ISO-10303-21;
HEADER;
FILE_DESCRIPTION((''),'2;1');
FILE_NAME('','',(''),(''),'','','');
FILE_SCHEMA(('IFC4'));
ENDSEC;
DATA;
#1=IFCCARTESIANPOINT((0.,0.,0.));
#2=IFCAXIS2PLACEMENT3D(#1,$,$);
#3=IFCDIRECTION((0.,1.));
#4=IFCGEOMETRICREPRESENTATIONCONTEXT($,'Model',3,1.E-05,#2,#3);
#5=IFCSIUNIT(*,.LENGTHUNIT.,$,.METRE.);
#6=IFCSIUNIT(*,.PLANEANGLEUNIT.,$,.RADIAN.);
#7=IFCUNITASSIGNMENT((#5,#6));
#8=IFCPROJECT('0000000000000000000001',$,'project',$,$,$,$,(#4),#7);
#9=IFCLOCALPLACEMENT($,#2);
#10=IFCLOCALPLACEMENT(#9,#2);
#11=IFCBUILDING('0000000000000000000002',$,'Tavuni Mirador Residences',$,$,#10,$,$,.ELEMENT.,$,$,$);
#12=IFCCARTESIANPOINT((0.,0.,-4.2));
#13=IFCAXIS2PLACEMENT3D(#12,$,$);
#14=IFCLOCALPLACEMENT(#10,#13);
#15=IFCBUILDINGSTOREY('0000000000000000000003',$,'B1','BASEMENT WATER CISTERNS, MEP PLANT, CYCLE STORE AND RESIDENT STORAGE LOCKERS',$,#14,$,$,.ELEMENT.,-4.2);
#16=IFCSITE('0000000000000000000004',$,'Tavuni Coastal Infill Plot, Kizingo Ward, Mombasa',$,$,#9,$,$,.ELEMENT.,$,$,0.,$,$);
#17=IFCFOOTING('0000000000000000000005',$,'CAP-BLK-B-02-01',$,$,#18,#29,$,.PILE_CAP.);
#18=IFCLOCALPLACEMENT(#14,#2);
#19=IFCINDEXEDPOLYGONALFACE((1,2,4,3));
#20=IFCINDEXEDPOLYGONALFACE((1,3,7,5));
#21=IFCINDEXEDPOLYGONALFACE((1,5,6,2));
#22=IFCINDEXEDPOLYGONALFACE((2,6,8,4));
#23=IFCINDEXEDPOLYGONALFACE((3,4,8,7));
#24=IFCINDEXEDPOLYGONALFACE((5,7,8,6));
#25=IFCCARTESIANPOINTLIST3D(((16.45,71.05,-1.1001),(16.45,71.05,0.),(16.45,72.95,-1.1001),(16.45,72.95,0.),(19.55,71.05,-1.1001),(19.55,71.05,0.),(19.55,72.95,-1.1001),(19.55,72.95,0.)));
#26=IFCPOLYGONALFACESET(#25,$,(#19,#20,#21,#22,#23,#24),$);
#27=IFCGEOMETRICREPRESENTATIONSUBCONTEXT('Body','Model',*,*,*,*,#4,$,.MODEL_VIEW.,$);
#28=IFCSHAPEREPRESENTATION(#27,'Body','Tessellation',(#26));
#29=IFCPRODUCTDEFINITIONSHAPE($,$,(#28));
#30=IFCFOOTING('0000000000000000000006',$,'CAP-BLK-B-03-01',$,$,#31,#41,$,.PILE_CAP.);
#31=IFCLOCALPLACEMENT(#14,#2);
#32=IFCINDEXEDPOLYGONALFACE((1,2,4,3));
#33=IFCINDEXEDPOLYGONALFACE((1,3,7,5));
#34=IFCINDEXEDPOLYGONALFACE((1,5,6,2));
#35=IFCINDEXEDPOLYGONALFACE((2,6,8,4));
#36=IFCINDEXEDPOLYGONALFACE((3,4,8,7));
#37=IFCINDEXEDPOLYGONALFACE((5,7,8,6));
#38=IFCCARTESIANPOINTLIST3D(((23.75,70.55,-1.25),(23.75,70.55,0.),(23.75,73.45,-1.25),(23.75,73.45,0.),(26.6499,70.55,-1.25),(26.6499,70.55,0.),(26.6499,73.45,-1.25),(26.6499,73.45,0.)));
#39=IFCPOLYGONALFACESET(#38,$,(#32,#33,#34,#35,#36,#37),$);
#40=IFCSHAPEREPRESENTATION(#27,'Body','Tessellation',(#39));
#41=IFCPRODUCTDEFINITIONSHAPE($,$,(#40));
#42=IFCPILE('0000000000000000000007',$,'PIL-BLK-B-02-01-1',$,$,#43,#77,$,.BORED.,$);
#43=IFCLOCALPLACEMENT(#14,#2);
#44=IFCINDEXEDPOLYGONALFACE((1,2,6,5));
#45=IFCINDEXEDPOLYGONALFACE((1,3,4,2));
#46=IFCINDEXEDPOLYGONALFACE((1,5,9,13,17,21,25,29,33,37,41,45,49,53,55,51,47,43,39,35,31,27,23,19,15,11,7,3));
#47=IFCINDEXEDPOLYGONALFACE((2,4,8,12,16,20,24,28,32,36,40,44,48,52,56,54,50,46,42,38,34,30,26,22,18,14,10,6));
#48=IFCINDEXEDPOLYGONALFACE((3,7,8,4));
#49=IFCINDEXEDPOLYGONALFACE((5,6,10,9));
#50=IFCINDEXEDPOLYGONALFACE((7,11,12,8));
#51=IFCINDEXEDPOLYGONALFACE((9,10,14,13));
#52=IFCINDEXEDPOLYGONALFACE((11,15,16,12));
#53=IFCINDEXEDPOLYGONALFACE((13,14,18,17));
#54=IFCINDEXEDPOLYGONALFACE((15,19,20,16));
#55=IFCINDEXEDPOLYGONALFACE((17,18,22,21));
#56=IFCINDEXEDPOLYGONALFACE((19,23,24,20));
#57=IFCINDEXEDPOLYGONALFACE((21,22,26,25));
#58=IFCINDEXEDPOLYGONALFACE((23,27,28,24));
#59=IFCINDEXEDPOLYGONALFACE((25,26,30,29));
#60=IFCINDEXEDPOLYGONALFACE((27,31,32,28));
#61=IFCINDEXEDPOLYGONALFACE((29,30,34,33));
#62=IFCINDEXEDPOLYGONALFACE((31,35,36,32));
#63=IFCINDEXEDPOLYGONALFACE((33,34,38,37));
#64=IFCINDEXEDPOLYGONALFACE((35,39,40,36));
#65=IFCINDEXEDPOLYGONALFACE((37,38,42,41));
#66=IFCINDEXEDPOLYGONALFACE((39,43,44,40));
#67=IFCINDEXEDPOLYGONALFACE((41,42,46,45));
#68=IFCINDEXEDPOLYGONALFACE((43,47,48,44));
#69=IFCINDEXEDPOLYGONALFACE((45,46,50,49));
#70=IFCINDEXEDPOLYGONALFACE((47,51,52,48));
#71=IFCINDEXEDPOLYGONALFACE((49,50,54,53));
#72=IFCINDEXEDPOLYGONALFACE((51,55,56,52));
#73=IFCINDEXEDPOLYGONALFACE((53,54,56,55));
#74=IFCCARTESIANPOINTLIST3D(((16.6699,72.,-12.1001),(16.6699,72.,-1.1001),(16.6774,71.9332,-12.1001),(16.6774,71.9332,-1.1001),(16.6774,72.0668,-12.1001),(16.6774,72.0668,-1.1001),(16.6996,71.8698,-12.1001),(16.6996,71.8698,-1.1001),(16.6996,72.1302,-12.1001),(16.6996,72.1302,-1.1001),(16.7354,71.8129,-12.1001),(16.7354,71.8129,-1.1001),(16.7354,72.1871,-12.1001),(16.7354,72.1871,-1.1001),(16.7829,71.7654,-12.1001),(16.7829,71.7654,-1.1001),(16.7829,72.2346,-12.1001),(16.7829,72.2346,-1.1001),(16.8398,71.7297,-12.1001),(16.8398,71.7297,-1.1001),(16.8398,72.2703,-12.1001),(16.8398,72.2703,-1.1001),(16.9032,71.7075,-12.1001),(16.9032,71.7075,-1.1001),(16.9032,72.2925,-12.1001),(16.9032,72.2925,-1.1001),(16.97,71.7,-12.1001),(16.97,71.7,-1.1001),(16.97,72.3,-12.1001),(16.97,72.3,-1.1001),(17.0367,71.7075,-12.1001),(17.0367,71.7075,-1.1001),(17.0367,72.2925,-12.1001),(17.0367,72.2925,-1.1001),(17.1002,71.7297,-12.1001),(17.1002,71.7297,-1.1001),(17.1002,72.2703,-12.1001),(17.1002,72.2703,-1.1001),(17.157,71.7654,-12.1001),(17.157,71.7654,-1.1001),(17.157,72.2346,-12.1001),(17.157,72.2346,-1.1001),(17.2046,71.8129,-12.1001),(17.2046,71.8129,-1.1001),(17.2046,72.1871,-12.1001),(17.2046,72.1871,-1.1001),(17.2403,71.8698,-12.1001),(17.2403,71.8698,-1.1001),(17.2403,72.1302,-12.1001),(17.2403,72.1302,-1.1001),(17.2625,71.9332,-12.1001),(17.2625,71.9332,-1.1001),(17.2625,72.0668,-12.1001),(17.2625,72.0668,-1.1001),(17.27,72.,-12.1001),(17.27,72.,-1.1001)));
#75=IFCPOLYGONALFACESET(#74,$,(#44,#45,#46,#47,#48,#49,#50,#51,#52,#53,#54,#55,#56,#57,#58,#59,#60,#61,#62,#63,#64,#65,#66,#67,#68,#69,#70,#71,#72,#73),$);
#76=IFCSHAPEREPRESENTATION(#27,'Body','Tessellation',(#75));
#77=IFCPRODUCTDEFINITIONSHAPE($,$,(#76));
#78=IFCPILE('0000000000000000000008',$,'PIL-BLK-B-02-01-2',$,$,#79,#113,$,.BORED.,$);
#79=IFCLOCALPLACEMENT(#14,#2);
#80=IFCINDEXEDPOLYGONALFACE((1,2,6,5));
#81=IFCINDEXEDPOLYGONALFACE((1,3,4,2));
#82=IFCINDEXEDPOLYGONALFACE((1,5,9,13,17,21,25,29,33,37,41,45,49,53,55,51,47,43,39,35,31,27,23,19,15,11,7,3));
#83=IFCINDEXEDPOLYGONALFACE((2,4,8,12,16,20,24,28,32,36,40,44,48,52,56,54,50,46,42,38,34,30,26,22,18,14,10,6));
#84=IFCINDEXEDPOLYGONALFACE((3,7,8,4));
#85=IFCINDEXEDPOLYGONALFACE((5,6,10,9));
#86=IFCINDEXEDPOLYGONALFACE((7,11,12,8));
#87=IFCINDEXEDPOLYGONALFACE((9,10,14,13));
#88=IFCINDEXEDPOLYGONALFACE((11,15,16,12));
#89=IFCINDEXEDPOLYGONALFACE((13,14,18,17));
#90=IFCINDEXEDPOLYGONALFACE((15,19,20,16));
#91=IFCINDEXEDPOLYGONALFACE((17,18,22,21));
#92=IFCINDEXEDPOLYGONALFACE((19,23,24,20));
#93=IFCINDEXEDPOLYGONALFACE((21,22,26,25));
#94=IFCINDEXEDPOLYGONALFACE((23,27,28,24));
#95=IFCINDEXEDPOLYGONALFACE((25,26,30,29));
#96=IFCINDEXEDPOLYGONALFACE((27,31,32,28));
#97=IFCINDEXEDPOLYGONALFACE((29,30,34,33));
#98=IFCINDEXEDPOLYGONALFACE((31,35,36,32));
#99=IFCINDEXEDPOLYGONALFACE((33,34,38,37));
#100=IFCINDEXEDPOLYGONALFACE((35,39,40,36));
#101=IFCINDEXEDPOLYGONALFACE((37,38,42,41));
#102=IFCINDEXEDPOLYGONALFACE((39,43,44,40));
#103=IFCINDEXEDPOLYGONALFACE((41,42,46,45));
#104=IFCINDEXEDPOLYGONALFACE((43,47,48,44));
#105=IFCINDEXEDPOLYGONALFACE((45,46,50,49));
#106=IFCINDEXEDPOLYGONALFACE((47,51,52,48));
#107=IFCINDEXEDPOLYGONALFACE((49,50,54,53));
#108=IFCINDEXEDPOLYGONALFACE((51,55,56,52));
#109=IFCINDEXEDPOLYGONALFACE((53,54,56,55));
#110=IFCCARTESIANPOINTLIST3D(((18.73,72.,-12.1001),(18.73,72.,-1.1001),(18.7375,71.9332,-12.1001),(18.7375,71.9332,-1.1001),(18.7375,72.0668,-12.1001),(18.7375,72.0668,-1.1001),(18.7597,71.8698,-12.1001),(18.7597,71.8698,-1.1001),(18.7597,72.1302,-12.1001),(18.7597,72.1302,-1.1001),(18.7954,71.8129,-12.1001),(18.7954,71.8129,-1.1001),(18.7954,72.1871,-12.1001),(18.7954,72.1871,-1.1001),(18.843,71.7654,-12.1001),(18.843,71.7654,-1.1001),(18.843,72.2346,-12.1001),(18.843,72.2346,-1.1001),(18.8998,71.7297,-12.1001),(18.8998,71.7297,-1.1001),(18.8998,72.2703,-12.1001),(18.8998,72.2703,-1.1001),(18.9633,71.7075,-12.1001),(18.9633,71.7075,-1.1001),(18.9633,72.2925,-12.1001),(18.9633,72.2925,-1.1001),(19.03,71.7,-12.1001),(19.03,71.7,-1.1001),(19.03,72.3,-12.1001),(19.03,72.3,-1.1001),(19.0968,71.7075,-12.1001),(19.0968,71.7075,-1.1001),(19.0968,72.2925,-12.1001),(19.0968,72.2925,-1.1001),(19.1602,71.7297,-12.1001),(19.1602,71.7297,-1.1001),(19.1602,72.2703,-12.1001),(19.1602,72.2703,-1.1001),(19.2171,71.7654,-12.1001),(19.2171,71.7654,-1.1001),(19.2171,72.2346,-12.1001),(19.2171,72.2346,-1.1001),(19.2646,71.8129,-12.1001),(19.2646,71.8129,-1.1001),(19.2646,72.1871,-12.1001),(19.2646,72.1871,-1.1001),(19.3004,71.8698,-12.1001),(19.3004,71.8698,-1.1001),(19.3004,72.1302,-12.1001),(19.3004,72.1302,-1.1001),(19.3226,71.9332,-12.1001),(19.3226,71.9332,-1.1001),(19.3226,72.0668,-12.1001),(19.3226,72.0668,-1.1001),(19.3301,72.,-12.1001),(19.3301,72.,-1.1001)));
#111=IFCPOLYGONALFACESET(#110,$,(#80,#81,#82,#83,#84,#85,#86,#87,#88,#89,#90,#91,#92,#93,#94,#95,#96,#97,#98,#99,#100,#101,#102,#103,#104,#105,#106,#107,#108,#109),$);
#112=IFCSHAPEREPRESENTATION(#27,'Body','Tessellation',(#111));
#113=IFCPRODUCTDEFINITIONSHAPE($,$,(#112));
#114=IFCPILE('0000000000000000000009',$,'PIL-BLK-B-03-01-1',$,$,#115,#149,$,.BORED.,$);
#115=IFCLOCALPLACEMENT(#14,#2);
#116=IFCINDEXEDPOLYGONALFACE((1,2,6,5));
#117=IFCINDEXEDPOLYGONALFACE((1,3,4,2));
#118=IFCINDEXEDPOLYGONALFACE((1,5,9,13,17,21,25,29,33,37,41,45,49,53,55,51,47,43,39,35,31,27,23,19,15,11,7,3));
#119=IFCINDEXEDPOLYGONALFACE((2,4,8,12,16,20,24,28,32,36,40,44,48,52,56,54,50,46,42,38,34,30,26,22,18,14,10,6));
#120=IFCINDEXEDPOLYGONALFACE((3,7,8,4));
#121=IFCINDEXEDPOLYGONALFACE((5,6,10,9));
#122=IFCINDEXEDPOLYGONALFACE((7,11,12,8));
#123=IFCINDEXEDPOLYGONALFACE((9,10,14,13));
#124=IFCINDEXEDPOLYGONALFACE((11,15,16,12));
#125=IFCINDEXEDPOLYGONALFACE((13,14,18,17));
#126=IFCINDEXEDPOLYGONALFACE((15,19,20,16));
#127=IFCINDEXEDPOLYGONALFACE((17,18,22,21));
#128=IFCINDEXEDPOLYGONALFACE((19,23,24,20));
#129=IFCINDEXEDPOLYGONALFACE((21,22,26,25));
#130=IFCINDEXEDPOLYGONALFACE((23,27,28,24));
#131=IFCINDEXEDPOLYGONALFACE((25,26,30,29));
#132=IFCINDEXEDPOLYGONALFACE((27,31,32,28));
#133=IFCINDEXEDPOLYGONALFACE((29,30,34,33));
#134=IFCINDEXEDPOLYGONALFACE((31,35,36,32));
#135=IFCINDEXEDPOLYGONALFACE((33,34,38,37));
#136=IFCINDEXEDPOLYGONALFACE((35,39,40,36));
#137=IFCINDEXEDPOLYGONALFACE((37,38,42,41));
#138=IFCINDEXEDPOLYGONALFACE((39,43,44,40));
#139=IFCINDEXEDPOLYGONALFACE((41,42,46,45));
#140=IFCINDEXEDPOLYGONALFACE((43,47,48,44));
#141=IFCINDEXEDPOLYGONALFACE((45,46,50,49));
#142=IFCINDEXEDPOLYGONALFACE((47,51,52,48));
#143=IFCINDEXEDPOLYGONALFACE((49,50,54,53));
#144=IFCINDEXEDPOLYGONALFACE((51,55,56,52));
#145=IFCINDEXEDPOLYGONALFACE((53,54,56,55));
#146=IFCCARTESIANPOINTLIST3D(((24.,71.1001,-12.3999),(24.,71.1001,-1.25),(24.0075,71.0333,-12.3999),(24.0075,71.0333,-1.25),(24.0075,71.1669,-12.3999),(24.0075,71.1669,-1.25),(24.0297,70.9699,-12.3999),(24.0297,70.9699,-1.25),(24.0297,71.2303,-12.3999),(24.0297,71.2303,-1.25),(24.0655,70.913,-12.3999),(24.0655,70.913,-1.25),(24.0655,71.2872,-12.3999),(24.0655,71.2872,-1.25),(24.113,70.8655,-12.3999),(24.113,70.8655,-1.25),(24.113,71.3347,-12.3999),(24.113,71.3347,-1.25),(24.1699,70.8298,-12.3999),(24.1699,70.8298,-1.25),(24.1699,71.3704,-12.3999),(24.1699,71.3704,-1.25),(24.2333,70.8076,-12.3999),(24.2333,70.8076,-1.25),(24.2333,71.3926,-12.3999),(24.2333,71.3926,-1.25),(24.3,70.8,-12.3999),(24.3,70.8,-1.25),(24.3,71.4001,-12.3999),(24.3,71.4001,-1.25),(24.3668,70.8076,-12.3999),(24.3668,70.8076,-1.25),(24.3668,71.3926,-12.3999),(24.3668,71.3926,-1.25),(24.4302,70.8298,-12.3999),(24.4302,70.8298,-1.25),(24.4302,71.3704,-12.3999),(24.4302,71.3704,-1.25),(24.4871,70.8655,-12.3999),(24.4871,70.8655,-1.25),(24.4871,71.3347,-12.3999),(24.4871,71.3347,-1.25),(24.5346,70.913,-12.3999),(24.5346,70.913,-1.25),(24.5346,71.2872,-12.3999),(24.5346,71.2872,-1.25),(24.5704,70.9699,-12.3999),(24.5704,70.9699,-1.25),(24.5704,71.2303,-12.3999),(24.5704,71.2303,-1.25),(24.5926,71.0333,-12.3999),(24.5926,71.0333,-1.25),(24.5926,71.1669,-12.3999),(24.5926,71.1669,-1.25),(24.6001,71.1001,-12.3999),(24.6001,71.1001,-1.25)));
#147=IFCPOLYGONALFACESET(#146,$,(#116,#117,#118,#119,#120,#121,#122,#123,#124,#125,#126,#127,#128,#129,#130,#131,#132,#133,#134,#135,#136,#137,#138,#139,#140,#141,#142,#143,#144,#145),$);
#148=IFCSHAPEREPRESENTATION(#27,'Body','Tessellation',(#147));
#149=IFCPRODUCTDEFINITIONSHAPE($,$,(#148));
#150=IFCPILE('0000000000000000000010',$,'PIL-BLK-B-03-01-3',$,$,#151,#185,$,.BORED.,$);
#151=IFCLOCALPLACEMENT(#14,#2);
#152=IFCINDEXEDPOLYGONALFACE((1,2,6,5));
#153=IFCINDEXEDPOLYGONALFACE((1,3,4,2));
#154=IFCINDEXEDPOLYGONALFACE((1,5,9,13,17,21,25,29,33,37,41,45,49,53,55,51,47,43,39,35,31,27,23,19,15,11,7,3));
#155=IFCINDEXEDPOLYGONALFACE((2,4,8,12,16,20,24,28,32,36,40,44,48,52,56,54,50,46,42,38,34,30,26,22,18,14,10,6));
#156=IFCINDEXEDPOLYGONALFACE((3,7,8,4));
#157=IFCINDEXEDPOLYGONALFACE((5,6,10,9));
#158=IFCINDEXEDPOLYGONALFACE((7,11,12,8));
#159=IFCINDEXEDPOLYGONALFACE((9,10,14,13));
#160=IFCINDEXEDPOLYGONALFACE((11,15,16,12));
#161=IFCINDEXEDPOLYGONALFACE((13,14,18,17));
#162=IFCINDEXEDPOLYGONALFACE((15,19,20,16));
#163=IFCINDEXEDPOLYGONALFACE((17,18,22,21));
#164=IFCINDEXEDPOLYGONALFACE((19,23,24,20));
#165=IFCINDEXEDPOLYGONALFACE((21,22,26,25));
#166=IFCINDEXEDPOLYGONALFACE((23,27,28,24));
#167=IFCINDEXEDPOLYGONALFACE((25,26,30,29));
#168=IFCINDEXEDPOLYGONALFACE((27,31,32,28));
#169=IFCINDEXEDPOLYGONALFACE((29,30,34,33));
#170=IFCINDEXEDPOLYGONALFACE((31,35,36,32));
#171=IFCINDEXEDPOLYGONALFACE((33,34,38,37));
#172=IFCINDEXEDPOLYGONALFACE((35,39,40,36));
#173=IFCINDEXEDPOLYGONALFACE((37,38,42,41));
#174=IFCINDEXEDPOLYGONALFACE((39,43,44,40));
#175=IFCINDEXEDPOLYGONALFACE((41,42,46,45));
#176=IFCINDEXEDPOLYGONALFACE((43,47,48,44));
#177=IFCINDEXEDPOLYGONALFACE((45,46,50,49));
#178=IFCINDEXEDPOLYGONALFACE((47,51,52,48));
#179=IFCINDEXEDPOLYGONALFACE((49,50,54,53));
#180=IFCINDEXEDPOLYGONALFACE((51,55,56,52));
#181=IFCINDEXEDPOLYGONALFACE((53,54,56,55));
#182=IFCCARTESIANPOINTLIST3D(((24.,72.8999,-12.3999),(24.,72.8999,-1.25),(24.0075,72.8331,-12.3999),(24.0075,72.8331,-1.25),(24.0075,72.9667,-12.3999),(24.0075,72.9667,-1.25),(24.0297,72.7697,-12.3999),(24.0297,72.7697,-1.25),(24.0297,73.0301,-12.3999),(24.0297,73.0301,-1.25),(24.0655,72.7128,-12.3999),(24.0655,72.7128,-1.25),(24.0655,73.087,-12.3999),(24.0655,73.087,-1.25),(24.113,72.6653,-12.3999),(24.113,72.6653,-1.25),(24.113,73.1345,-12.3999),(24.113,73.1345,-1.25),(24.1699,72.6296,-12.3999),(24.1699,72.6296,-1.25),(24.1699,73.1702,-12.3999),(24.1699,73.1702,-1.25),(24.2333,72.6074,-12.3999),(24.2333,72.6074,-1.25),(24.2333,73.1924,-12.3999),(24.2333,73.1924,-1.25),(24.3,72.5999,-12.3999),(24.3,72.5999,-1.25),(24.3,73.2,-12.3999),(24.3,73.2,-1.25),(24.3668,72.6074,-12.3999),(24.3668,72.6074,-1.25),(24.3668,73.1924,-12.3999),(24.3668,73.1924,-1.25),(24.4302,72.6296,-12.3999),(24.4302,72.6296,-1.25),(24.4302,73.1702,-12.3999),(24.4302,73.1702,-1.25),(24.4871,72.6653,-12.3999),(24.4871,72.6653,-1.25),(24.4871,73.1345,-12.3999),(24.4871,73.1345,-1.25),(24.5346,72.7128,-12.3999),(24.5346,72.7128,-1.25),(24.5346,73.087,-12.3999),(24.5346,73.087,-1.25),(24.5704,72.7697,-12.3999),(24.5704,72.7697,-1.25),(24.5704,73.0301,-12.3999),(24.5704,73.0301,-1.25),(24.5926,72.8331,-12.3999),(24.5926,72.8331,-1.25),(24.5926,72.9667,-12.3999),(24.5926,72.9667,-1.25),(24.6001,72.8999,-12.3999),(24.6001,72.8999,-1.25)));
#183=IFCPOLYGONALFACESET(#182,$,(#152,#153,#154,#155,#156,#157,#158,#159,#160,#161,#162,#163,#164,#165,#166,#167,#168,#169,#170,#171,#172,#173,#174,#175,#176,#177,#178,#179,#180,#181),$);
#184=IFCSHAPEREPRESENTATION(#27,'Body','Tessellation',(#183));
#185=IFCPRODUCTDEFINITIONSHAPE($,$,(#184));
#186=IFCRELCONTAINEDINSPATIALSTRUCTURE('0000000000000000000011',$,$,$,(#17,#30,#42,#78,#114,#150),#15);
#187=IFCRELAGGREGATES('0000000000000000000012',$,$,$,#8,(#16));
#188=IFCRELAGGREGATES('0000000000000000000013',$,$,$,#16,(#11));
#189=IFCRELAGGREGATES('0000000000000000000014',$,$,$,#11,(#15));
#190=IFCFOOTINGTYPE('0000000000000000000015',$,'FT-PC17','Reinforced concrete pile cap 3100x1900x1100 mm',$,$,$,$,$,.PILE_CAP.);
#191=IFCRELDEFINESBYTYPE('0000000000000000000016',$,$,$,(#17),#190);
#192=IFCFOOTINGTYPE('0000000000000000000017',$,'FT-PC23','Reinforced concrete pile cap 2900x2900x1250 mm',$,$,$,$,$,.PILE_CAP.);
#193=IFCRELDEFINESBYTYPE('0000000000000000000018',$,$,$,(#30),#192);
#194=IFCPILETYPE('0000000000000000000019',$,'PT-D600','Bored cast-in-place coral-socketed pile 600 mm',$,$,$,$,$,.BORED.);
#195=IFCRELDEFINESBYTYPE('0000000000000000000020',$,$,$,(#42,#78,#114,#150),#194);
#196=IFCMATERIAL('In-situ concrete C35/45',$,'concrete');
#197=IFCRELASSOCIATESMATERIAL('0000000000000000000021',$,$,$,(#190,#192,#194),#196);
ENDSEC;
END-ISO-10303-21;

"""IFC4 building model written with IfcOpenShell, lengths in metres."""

from ifc_helpers import new_model, si_unit, direction, frame, origin, origin_2d, place, context, subcontext, project, spatial, rectangle, circle, extrude, material, material_profile, profile_set, type_object, element, save


model = new_model("IFC4")

# Units and contexts
model_context = context("Model", 3, precision=1e-05, world=origin(), true_north=direction((0.0, 1.0)))
body_context = subcontext(model_context, "Body", "Model", "MODEL_VIEW")
ifc_project = project(units=[si_unit("LENGTHUNIT", "METRE"), si_unit("PLANEANGLEUNIT", "RADIAN")], contexts=[model_context])

# Site, building, storey
site_placement = place(None, origin())
site = spatial("IfcSite", under=ifc_project, at=site_placement, Name="Tavuni Coastal Infill Plot, Kizingo Ward, Mombasa", CompositionType="ELEMENT", RefElevation=0.0)
building_placement = place(site_placement, origin())
building = spatial("IfcBuilding", under=site, at=building_placement, Name="Tavuni Mirador Residences", CompositionType="ELEMENT")
storey_placement = place(building_placement, frame((0.0, 0.0, -4.2)))
storey = spatial("IfcBuildingStorey", under=building, at=storey_placement, Name="B1", Description="BASEMENT WATER CISTERNS, MEP PLANT, CYCLE STORE AND RESIDENT STORAGE LOCKERS", CompositionType="ELEMENT", Elevation=-4.2)

# Footings
ifc_material_1 = material(Name="In-situ concrete C35/45", Category="concrete")
footing_type_1 = type_object("IfcFootingType", Name="FT-PC17", Description="Reinforced concrete pile cap 3100x1900x1100 mm", PredefinedType="PILE_CAP", material=ifc_material_1)
footing_1_placement = place(storey_placement, frame((18.0, 72.0, -1.1001), z_axis=(0.0, 0.0, 1.0), x_axis=(1.0, 0.0, 0.0)))
element("IfcFooting", 1, at=footing_1_placement, inside=storey, type_object=footing_type_1, Name="CAP-BLK-B-02-01", PredefinedType="PILE_CAP", context=body_context, shape_type="SweptSolid", body=[
    extrude(rectangle(XDim=3.1001, YDim=1.8999, at=origin_2d()), origin(), (0.0, 0.0, 1.0), 1.1001),
])
footing_type_2 = type_object("IfcFootingType", Name="FT-PC23", Description="Reinforced concrete pile cap 2900x2900x1250 mm", PredefinedType="PILE_CAP", material=ifc_material_1)
footing_2_placement = place(storey_placement, frame((25.2, 72.0, -1.25), z_axis=(0.0, 0.0, 1.0), x_axis=(1.0, 0.0, 0.0)))
element("IfcFooting", 2, at=footing_2_placement, inside=storey, type_object=footing_type_2, Name="CAP-BLK-B-03-01", PredefinedType="PILE_CAP", context=body_context, shape_type="SweptSolid", body=[
    extrude(rectangle(XDim=2.8999, YDim=2.8999, at=origin_2d()), origin(), (0.0, 0.0, 1.0), 1.25),
])

# Piles
ifc_material_profile_1 = material_profile(ifc_material_1, circle(Radius=0.3, at=origin_2d()), Name="PILE D600", Category="concrete")
ifc_profile_set_1 = profile_set([ifc_material_profile_1], Name="In-situ concrete C35/45")
pile_type_1 = type_object("IfcPileType", Name="PT-D600", Description="Bored cast-in-place coral-socketed pile 600 mm", PredefinedType="BORED", material=ifc_profile_set_1)
for number, where, z_axis, x_axis, name in (
    (3, (16.97, 72.0, -1.1001), (0.0, 0.0, -1.0), (1.0, 0.0, 0.0), "PIL-BLK-B-02-01-1"),
    (4, (19.03, 72.0, -1.1001), (0.0, 0.0, -1.0), (1.0, 0.0, 0.0), "PIL-BLK-B-02-01-2"),
):
    element("IfcPile", number, at=place(storey_placement, frame(where, z_axis=z_axis, x_axis=x_axis)), inside=storey, type_object=pile_type_1, Name=name, PredefinedType="BORED", context=body_context, shape_type="SweptSolid", body=[
        extrude(circle(Radius=0.3, at=origin_2d()), origin(), (0.0, 0.0, 1.0), 11.0),
    ])
for number, where, z_axis, x_axis, name in (
    (5, (24.3, 71.1001, -1.25), (0.0, 0.0, -1.0), (1.0, 0.0, 0.0), "PIL-BLK-B-03-01-1"),
    (6, (24.3, 72.8999, -1.25), (0.0, 0.0, -1.0), (1.0, 0.0, 0.0), "PIL-BLK-B-03-01-3"),
):
    element("IfcPile", number, at=place(storey_placement, frame(where, z_axis=z_axis, x_axis=x_axis)), inside=storey, type_object=pile_type_1, Name=name, PredefinedType="BORED", context=body_context, shape_type="SweptSolid", body=[
        extrude(circle(Radius=0.3, at=origin_2d()), origin(), (0.0, 0.0, 1.0), 11.1499),
    ])

save(model, "model.ifc")
